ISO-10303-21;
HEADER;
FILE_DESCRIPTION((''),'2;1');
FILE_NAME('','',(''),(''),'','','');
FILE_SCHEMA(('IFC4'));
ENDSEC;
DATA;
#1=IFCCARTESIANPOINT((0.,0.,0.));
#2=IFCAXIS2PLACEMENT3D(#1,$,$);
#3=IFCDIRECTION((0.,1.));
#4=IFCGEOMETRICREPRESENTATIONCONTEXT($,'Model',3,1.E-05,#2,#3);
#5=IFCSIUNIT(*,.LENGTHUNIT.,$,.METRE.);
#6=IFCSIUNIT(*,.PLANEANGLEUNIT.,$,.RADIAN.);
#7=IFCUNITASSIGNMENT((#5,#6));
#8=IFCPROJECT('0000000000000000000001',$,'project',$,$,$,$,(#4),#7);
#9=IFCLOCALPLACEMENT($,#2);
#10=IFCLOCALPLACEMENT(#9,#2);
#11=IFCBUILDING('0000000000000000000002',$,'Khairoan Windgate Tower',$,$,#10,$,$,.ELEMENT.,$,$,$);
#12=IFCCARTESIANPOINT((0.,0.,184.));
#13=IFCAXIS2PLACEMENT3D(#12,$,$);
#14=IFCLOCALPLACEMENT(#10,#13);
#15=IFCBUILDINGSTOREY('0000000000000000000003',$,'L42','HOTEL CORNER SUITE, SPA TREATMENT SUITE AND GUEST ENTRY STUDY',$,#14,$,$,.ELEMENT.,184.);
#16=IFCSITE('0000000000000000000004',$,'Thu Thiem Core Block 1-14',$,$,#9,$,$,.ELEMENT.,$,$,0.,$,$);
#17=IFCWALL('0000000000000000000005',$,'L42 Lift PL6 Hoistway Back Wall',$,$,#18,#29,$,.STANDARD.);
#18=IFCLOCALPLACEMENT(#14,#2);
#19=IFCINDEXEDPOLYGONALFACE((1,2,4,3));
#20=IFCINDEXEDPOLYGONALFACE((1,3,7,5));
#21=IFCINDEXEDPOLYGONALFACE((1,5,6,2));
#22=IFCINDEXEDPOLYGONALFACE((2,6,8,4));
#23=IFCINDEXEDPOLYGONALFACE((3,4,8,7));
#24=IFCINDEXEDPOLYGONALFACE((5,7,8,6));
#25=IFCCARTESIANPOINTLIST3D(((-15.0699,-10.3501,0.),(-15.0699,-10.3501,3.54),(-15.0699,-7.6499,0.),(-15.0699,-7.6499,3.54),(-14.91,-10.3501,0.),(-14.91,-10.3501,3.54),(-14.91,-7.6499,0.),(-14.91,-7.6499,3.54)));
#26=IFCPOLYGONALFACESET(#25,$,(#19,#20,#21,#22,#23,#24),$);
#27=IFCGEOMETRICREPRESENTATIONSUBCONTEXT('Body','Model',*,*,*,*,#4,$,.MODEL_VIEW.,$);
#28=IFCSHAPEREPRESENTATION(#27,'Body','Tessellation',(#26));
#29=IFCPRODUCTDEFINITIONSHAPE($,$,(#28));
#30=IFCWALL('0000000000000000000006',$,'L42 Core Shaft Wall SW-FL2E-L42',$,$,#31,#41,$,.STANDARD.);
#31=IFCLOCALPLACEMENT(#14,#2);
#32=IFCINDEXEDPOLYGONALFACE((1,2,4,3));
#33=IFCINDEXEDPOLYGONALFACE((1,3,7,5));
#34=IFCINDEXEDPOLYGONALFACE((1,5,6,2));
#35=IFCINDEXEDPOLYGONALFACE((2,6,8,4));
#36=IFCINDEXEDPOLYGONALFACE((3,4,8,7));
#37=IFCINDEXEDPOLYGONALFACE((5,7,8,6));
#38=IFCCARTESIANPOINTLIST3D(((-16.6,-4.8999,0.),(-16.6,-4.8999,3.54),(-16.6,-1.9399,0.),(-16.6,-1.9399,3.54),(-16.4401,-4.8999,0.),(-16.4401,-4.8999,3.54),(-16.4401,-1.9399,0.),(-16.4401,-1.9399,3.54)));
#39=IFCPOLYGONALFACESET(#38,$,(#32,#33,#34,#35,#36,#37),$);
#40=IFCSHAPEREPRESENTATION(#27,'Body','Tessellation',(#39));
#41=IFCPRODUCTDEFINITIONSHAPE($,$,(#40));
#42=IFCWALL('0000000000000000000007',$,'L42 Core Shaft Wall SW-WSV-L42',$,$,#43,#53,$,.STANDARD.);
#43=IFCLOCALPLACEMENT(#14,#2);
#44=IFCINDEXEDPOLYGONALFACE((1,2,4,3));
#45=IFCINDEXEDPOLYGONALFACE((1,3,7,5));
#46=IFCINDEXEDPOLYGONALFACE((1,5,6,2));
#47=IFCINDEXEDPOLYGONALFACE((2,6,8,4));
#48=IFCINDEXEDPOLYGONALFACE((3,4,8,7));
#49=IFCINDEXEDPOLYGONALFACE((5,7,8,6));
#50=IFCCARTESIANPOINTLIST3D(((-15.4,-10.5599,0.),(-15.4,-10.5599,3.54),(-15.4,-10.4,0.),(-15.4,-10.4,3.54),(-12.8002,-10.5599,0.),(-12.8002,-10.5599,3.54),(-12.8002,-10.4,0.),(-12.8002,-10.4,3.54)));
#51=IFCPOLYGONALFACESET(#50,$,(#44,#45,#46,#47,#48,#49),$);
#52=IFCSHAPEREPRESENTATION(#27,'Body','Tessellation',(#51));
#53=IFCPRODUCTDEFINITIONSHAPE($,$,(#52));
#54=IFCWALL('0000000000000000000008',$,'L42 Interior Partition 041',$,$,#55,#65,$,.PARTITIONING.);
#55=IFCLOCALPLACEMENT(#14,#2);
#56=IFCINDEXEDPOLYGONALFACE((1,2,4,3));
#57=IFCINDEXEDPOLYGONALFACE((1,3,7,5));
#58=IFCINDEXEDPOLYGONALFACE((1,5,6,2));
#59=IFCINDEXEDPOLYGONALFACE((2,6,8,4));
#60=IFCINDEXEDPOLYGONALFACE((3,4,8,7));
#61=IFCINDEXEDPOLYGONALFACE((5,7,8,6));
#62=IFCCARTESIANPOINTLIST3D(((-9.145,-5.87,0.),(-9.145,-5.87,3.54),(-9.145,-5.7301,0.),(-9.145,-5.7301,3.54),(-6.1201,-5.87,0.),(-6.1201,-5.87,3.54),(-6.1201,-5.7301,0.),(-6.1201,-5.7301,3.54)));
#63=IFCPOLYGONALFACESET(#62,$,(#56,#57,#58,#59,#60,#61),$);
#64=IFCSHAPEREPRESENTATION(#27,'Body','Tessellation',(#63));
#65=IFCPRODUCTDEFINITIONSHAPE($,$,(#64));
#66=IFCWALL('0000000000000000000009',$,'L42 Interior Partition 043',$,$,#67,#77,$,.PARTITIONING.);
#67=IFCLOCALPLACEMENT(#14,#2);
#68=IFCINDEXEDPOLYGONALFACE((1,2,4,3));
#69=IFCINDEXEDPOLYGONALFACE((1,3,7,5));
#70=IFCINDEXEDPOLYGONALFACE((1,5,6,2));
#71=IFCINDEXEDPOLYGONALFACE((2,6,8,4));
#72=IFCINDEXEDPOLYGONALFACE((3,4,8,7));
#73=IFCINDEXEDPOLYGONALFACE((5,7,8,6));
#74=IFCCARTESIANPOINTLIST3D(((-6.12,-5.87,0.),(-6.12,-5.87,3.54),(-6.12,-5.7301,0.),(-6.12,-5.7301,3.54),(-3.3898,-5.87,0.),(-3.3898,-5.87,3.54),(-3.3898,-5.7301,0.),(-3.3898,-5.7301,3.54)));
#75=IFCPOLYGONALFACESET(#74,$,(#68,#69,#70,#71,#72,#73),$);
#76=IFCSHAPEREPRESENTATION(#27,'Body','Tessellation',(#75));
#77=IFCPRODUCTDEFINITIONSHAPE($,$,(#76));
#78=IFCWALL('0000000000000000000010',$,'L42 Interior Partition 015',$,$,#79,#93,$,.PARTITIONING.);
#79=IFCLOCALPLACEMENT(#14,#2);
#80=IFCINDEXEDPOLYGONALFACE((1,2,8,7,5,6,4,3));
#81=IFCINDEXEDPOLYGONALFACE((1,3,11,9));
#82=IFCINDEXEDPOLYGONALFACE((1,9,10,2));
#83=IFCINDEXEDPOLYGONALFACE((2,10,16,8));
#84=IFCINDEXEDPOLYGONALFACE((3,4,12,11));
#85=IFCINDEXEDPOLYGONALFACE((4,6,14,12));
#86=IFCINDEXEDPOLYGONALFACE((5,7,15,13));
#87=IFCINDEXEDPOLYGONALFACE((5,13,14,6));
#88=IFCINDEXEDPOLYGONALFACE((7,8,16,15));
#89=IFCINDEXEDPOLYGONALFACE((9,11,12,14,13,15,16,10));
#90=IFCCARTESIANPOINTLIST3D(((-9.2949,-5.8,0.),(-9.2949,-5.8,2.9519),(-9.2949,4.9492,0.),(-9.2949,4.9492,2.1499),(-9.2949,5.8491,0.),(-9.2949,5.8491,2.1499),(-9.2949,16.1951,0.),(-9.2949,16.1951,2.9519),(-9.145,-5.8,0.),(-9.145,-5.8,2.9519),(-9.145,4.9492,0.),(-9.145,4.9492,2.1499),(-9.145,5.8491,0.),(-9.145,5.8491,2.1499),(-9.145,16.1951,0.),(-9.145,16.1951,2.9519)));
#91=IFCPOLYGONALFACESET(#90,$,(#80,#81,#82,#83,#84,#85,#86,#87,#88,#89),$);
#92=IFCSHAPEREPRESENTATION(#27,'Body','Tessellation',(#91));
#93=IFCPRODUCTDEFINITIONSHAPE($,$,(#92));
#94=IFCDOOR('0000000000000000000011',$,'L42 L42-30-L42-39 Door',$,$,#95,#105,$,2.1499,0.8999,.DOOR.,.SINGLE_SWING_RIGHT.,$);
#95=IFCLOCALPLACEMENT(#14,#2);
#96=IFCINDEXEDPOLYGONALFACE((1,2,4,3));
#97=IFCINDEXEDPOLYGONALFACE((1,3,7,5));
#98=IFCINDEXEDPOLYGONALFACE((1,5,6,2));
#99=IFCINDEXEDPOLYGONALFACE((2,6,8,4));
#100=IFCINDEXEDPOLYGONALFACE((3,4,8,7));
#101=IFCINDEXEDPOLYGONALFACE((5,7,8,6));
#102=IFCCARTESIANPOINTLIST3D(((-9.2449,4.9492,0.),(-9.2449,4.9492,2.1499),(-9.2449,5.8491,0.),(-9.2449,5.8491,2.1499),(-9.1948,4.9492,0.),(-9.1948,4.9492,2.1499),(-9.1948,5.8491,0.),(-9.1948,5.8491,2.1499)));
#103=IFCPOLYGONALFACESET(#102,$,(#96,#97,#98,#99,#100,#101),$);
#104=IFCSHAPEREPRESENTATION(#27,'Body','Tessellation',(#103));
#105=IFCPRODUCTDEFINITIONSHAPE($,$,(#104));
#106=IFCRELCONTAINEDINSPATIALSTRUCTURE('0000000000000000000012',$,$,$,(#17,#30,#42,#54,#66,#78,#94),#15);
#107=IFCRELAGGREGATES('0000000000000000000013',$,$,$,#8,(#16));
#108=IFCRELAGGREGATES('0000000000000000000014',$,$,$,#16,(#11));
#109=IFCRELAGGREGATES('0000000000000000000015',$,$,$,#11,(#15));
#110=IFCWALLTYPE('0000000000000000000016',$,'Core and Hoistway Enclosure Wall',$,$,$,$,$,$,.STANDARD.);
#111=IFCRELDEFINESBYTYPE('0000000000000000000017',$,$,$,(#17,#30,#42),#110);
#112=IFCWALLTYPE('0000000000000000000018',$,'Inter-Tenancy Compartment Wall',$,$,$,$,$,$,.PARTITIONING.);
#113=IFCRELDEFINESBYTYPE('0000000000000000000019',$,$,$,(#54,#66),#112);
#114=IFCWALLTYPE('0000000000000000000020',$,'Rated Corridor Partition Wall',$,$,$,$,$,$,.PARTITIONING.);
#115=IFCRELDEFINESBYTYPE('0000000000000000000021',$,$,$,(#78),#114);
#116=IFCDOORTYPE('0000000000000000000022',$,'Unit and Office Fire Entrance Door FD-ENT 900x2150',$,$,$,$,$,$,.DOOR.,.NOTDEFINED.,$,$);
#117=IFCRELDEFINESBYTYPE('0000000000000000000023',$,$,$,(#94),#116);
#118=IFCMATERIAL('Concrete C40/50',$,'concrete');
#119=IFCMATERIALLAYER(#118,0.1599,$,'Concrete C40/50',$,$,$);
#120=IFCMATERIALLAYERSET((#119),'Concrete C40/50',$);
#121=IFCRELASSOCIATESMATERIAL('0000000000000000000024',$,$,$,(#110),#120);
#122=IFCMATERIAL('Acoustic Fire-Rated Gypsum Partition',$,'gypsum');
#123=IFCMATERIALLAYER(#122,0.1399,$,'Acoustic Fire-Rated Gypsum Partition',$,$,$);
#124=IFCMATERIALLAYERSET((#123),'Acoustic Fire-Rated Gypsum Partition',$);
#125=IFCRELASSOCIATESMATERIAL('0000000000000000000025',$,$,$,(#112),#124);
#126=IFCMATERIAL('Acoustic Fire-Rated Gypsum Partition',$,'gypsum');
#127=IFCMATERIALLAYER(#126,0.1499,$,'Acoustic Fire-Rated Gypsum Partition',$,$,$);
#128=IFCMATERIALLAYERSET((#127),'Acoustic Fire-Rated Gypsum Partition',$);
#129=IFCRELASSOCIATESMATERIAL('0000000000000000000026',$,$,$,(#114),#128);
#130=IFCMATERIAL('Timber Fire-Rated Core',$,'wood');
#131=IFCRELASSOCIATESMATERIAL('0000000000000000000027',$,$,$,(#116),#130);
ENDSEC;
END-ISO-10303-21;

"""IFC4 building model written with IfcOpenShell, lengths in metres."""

from ifc_helpers import new_model, si_unit, direction, frame, frame_2d, origin, place, context, subcontext, project, spatial, rectangle, extrude, material, layer, layer_set, type_object, element, fill, save


model = new_model("IFC4")

# Units and contexts
model_context = context("Model", 3, precision=1e-05, world=origin(), true_north=direction((0.0, 1.0)))
body_context = subcontext(model_context, "Body", "Model", "MODEL_VIEW")
ifc_project = project(units=[si_unit("LENGTHUNIT", "METRE"), si_unit("PLANEANGLEUNIT", "RADIAN")], contexts=[model_context])

# Site, building, storey
site_placement = place(None, origin())
site = spatial("IfcSite", under=ifc_project, at=site_placement, Name="Thu Thiem Core Block 1-14", CompositionType="ELEMENT", RefElevation=0.0)
building_placement = place(site_placement, origin())
building = spatial("IfcBuilding", under=site, at=building_placement, Name="Khairoan Windgate Tower", CompositionType="ELEMENT")
storey_placement = place(building_placement, frame((0.0, 0.0, 184.0)))
storey = spatial("IfcBuildingStorey", under=building, at=storey_placement, Name="L42", Description="HOTEL CORNER SUITE, SPA TREATMENT SUITE AND GUEST ENTRY STUDY", CompositionType="ELEMENT", Elevation=184.0)

# Walls
ifc_material_1 = material(Name="Concrete C40/50", Category="concrete")
ifc_layer_1 = layer(ifc_material_1, 0.1599, Name="Concrete C40/50")
ifc_layer_set_1 = layer_set([ifc_layer_1], Name="Concrete C40/50")
wall_type_1 = type_object("IfcWallType", Name="Core and Hoistway Enclosure Wall", PredefinedType="STANDARD", material=ifc_layer_set_1)
wall_1_placement = place(storey_placement, frame((-14.99, -10.3501, 0.0), z_axis=(0.0, 0.0, 1.0), x_axis=(0.0, 1.0, 0.0)))
element("IfcWall", 1, at=wall_1_placement, inside=storey, type_object=wall_type_1, Name="L42 Lift PL6 Hoistway Back Wall", PredefinedType="STANDARD", context=body_context, shape_type="SweptSolid", body=[
    extrude(rectangle(XDim=2.7002, YDim=0.1599, at=frame_2d((1.3501, 0.0))), origin(), (0.0, 0.0, 1.0), 3.54),
])
wall_2_placement = place(storey_placement, frame((-16.52, -4.8999, 0.0), z_axis=(0.0, 0.0, 1.0), x_axis=(0.0, 1.0, 0.0)))
element("IfcWall", 2, at=wall_2_placement, inside=storey, type_object=wall_type_1, Name="L42 Core Shaft Wall SW-FL2E-L42", PredefinedType="STANDARD", context=body_context, shape_type="SweptSolid", body=[
    extrude(rectangle(XDim=2.96, YDim=0.1599, at=frame_2d((1.48, 0.0))), origin(), (0.0, 0.0, 1.0), 3.54),
])
wall_3_placement = place(storey_placement, frame((-15.3999, -10.48, 0.0), z_axis=(0.0, 0.0, 1.0), x_axis=(1.0, 0.0, 0.0)))
element("IfcWall", 3, at=wall_3_placement, inside=storey, type_object=wall_type_1, Name="L42 Core Shaft Wall SW-WSV-L42", PredefinedType="STANDARD", context=body_context, shape_type="SweptSolid", body=[
    extrude(rectangle(XDim=2.5999, YDim=0.1599, at=frame_2d((1.2998, 0.0))), origin(), (0.0, 0.0, 1.0), 3.54),
])
ifc_material_2 = material(Name="Acoustic Fire-Rated Gypsum Partition", Category="gypsum")
ifc_layer_2 = layer(ifc_material_2, 0.1399, Name="Acoustic Fire-Rated Gypsum Partition")
ifc_layer_set_2 = layer_set([ifc_layer_2], Name="Acoustic Fire-Rated Gypsum Partition")
wall_type_2 = type_object("IfcWallType", Name="Inter-Tenancy Compartment Wall", PredefinedType="PARTITIONING", material=ifc_layer_set_2)
wall_4_placement = place(storey_placement, frame((-9.145, -5.8, 0.0), z_axis=(0.0, 0.0, 1.0), x_axis=(1.0, 0.0, 0.0)))
element("IfcWall", 4, at=wall_4_placement, inside=storey, type_object=wall_type_2, Name="L42 Interior Partition 041", PredefinedType="PARTITIONING", context=body_context, shape_type="SweptSolid", body=[
    extrude(rectangle(XDim=3.0249, YDim=0.1399, at=frame_2d((1.5125, 0.0))), origin(), (0.0, 0.0, 1.0), 3.54),
])
wall_5_placement = place(storey_placement, frame((-6.1201, -5.8, 0.0), z_axis=(0.0, 0.0, 1.0), x_axis=(1.0, 0.0, 0.0)))
element("IfcWall", 5, at=wall_5_placement, inside=storey, type_object=wall_type_2, Name="L42 Interior Partition 043", PredefinedType="PARTITIONING", context=body_context, shape_type="SweptSolid", body=[
    extrude(rectangle(XDim=2.7302, YDim=0.1399, at=frame_2d((1.3652, 0.0))), origin(), (0.0, 0.0, 1.0), 3.54),
])

# Wall, opening, door
ifc_material_3 = material(Name="Acoustic Fire-Rated Gypsum Partition", Category="gypsum")
ifc_layer_3 = layer(ifc_material_3, 0.1499, Name="Acoustic Fire-Rated Gypsum Partition")
ifc_layer_set_3 = layer_set([ifc_layer_3], Name="Acoustic Fire-Rated Gypsum Partition")
wall_type_3 = type_object("IfcWallType", Name="Rated Corridor Partition Wall", PredefinedType="PARTITIONING", material=ifc_layer_set_3)
wall_6_placement = place(storey_placement, frame((-9.22, -5.8, 0.0), z_axis=(0.0, 0.0, 1.0), x_axis=(0.0, 1.0, 0.0)))
wall_6 = element("IfcWall", 6, at=wall_6_placement, inside=storey, type_object=wall_type_3, Name="L42 Interior Partition 015", PredefinedType="PARTITIONING", context=body_context, shape_type="SweptSolid", body=[
    extrude(rectangle(XDim=21.9951, YDim=0.1499, at=frame_2d((10.9976, 0.0))), origin(), (0.0, 0.0, 1.0), 2.9519),
])
opening_1_placement = place(wall_6_placement, frame((10.7493, 0.0, 0.0)))
opening_1 = element("IfcOpeningElement", 7, at=opening_1_placement, cuts=wall_6, PredefinedType="OPENING", context=body_context, shape_type="SweptSolid", body=[
    extrude(rectangle(XDim=0.8999, YDim=2.1499, at=frame_2d((0.45, 1.075))), frame((0.0, 0.085, 0.0), z_axis=(0.0, -1.0, 0.0), x_axis=(1.0, 0.0, 0.0)), (0.0, 0.0, 1.0), 0.1699),
])
ifc_material_4 = material(Name="Timber Fire-Rated Core", Category="wood")
door_type_1 = type_object("IfcDoorType", Name="Unit and Office Fire Entrance Door FD-ENT 900x2150", OperationType="NOTDEFINED", PredefinedType="DOOR", material=ifc_material_4)
door_1_placement = place(opening_1_placement, origin())
door_1 = element("IfcDoor", 8, at=door_1_placement, inside=storey, type_object=door_type_1, Name="L42 L42-30-L42-39 Door", OperationType="SINGLE_SWING_RIGHT", OverallHeight=2.1499, OverallWidth=0.8999, PredefinedType="DOOR", context=body_context, shape_type="SweptSolid", body=[
    extrude(rectangle(XDim=0.8999, YDim=2.1499, at=frame_2d((0.45, 1.075))), frame((0.0, 0.0249, 0.0), z_axis=(0.0, -1.0, 0.0), x_axis=(1.0, 0.0, 0.0)), (0.0, 0.0, 1.0), 0.05),
])
fill(opening_1, door_1)

save(model, "model.ifc")
